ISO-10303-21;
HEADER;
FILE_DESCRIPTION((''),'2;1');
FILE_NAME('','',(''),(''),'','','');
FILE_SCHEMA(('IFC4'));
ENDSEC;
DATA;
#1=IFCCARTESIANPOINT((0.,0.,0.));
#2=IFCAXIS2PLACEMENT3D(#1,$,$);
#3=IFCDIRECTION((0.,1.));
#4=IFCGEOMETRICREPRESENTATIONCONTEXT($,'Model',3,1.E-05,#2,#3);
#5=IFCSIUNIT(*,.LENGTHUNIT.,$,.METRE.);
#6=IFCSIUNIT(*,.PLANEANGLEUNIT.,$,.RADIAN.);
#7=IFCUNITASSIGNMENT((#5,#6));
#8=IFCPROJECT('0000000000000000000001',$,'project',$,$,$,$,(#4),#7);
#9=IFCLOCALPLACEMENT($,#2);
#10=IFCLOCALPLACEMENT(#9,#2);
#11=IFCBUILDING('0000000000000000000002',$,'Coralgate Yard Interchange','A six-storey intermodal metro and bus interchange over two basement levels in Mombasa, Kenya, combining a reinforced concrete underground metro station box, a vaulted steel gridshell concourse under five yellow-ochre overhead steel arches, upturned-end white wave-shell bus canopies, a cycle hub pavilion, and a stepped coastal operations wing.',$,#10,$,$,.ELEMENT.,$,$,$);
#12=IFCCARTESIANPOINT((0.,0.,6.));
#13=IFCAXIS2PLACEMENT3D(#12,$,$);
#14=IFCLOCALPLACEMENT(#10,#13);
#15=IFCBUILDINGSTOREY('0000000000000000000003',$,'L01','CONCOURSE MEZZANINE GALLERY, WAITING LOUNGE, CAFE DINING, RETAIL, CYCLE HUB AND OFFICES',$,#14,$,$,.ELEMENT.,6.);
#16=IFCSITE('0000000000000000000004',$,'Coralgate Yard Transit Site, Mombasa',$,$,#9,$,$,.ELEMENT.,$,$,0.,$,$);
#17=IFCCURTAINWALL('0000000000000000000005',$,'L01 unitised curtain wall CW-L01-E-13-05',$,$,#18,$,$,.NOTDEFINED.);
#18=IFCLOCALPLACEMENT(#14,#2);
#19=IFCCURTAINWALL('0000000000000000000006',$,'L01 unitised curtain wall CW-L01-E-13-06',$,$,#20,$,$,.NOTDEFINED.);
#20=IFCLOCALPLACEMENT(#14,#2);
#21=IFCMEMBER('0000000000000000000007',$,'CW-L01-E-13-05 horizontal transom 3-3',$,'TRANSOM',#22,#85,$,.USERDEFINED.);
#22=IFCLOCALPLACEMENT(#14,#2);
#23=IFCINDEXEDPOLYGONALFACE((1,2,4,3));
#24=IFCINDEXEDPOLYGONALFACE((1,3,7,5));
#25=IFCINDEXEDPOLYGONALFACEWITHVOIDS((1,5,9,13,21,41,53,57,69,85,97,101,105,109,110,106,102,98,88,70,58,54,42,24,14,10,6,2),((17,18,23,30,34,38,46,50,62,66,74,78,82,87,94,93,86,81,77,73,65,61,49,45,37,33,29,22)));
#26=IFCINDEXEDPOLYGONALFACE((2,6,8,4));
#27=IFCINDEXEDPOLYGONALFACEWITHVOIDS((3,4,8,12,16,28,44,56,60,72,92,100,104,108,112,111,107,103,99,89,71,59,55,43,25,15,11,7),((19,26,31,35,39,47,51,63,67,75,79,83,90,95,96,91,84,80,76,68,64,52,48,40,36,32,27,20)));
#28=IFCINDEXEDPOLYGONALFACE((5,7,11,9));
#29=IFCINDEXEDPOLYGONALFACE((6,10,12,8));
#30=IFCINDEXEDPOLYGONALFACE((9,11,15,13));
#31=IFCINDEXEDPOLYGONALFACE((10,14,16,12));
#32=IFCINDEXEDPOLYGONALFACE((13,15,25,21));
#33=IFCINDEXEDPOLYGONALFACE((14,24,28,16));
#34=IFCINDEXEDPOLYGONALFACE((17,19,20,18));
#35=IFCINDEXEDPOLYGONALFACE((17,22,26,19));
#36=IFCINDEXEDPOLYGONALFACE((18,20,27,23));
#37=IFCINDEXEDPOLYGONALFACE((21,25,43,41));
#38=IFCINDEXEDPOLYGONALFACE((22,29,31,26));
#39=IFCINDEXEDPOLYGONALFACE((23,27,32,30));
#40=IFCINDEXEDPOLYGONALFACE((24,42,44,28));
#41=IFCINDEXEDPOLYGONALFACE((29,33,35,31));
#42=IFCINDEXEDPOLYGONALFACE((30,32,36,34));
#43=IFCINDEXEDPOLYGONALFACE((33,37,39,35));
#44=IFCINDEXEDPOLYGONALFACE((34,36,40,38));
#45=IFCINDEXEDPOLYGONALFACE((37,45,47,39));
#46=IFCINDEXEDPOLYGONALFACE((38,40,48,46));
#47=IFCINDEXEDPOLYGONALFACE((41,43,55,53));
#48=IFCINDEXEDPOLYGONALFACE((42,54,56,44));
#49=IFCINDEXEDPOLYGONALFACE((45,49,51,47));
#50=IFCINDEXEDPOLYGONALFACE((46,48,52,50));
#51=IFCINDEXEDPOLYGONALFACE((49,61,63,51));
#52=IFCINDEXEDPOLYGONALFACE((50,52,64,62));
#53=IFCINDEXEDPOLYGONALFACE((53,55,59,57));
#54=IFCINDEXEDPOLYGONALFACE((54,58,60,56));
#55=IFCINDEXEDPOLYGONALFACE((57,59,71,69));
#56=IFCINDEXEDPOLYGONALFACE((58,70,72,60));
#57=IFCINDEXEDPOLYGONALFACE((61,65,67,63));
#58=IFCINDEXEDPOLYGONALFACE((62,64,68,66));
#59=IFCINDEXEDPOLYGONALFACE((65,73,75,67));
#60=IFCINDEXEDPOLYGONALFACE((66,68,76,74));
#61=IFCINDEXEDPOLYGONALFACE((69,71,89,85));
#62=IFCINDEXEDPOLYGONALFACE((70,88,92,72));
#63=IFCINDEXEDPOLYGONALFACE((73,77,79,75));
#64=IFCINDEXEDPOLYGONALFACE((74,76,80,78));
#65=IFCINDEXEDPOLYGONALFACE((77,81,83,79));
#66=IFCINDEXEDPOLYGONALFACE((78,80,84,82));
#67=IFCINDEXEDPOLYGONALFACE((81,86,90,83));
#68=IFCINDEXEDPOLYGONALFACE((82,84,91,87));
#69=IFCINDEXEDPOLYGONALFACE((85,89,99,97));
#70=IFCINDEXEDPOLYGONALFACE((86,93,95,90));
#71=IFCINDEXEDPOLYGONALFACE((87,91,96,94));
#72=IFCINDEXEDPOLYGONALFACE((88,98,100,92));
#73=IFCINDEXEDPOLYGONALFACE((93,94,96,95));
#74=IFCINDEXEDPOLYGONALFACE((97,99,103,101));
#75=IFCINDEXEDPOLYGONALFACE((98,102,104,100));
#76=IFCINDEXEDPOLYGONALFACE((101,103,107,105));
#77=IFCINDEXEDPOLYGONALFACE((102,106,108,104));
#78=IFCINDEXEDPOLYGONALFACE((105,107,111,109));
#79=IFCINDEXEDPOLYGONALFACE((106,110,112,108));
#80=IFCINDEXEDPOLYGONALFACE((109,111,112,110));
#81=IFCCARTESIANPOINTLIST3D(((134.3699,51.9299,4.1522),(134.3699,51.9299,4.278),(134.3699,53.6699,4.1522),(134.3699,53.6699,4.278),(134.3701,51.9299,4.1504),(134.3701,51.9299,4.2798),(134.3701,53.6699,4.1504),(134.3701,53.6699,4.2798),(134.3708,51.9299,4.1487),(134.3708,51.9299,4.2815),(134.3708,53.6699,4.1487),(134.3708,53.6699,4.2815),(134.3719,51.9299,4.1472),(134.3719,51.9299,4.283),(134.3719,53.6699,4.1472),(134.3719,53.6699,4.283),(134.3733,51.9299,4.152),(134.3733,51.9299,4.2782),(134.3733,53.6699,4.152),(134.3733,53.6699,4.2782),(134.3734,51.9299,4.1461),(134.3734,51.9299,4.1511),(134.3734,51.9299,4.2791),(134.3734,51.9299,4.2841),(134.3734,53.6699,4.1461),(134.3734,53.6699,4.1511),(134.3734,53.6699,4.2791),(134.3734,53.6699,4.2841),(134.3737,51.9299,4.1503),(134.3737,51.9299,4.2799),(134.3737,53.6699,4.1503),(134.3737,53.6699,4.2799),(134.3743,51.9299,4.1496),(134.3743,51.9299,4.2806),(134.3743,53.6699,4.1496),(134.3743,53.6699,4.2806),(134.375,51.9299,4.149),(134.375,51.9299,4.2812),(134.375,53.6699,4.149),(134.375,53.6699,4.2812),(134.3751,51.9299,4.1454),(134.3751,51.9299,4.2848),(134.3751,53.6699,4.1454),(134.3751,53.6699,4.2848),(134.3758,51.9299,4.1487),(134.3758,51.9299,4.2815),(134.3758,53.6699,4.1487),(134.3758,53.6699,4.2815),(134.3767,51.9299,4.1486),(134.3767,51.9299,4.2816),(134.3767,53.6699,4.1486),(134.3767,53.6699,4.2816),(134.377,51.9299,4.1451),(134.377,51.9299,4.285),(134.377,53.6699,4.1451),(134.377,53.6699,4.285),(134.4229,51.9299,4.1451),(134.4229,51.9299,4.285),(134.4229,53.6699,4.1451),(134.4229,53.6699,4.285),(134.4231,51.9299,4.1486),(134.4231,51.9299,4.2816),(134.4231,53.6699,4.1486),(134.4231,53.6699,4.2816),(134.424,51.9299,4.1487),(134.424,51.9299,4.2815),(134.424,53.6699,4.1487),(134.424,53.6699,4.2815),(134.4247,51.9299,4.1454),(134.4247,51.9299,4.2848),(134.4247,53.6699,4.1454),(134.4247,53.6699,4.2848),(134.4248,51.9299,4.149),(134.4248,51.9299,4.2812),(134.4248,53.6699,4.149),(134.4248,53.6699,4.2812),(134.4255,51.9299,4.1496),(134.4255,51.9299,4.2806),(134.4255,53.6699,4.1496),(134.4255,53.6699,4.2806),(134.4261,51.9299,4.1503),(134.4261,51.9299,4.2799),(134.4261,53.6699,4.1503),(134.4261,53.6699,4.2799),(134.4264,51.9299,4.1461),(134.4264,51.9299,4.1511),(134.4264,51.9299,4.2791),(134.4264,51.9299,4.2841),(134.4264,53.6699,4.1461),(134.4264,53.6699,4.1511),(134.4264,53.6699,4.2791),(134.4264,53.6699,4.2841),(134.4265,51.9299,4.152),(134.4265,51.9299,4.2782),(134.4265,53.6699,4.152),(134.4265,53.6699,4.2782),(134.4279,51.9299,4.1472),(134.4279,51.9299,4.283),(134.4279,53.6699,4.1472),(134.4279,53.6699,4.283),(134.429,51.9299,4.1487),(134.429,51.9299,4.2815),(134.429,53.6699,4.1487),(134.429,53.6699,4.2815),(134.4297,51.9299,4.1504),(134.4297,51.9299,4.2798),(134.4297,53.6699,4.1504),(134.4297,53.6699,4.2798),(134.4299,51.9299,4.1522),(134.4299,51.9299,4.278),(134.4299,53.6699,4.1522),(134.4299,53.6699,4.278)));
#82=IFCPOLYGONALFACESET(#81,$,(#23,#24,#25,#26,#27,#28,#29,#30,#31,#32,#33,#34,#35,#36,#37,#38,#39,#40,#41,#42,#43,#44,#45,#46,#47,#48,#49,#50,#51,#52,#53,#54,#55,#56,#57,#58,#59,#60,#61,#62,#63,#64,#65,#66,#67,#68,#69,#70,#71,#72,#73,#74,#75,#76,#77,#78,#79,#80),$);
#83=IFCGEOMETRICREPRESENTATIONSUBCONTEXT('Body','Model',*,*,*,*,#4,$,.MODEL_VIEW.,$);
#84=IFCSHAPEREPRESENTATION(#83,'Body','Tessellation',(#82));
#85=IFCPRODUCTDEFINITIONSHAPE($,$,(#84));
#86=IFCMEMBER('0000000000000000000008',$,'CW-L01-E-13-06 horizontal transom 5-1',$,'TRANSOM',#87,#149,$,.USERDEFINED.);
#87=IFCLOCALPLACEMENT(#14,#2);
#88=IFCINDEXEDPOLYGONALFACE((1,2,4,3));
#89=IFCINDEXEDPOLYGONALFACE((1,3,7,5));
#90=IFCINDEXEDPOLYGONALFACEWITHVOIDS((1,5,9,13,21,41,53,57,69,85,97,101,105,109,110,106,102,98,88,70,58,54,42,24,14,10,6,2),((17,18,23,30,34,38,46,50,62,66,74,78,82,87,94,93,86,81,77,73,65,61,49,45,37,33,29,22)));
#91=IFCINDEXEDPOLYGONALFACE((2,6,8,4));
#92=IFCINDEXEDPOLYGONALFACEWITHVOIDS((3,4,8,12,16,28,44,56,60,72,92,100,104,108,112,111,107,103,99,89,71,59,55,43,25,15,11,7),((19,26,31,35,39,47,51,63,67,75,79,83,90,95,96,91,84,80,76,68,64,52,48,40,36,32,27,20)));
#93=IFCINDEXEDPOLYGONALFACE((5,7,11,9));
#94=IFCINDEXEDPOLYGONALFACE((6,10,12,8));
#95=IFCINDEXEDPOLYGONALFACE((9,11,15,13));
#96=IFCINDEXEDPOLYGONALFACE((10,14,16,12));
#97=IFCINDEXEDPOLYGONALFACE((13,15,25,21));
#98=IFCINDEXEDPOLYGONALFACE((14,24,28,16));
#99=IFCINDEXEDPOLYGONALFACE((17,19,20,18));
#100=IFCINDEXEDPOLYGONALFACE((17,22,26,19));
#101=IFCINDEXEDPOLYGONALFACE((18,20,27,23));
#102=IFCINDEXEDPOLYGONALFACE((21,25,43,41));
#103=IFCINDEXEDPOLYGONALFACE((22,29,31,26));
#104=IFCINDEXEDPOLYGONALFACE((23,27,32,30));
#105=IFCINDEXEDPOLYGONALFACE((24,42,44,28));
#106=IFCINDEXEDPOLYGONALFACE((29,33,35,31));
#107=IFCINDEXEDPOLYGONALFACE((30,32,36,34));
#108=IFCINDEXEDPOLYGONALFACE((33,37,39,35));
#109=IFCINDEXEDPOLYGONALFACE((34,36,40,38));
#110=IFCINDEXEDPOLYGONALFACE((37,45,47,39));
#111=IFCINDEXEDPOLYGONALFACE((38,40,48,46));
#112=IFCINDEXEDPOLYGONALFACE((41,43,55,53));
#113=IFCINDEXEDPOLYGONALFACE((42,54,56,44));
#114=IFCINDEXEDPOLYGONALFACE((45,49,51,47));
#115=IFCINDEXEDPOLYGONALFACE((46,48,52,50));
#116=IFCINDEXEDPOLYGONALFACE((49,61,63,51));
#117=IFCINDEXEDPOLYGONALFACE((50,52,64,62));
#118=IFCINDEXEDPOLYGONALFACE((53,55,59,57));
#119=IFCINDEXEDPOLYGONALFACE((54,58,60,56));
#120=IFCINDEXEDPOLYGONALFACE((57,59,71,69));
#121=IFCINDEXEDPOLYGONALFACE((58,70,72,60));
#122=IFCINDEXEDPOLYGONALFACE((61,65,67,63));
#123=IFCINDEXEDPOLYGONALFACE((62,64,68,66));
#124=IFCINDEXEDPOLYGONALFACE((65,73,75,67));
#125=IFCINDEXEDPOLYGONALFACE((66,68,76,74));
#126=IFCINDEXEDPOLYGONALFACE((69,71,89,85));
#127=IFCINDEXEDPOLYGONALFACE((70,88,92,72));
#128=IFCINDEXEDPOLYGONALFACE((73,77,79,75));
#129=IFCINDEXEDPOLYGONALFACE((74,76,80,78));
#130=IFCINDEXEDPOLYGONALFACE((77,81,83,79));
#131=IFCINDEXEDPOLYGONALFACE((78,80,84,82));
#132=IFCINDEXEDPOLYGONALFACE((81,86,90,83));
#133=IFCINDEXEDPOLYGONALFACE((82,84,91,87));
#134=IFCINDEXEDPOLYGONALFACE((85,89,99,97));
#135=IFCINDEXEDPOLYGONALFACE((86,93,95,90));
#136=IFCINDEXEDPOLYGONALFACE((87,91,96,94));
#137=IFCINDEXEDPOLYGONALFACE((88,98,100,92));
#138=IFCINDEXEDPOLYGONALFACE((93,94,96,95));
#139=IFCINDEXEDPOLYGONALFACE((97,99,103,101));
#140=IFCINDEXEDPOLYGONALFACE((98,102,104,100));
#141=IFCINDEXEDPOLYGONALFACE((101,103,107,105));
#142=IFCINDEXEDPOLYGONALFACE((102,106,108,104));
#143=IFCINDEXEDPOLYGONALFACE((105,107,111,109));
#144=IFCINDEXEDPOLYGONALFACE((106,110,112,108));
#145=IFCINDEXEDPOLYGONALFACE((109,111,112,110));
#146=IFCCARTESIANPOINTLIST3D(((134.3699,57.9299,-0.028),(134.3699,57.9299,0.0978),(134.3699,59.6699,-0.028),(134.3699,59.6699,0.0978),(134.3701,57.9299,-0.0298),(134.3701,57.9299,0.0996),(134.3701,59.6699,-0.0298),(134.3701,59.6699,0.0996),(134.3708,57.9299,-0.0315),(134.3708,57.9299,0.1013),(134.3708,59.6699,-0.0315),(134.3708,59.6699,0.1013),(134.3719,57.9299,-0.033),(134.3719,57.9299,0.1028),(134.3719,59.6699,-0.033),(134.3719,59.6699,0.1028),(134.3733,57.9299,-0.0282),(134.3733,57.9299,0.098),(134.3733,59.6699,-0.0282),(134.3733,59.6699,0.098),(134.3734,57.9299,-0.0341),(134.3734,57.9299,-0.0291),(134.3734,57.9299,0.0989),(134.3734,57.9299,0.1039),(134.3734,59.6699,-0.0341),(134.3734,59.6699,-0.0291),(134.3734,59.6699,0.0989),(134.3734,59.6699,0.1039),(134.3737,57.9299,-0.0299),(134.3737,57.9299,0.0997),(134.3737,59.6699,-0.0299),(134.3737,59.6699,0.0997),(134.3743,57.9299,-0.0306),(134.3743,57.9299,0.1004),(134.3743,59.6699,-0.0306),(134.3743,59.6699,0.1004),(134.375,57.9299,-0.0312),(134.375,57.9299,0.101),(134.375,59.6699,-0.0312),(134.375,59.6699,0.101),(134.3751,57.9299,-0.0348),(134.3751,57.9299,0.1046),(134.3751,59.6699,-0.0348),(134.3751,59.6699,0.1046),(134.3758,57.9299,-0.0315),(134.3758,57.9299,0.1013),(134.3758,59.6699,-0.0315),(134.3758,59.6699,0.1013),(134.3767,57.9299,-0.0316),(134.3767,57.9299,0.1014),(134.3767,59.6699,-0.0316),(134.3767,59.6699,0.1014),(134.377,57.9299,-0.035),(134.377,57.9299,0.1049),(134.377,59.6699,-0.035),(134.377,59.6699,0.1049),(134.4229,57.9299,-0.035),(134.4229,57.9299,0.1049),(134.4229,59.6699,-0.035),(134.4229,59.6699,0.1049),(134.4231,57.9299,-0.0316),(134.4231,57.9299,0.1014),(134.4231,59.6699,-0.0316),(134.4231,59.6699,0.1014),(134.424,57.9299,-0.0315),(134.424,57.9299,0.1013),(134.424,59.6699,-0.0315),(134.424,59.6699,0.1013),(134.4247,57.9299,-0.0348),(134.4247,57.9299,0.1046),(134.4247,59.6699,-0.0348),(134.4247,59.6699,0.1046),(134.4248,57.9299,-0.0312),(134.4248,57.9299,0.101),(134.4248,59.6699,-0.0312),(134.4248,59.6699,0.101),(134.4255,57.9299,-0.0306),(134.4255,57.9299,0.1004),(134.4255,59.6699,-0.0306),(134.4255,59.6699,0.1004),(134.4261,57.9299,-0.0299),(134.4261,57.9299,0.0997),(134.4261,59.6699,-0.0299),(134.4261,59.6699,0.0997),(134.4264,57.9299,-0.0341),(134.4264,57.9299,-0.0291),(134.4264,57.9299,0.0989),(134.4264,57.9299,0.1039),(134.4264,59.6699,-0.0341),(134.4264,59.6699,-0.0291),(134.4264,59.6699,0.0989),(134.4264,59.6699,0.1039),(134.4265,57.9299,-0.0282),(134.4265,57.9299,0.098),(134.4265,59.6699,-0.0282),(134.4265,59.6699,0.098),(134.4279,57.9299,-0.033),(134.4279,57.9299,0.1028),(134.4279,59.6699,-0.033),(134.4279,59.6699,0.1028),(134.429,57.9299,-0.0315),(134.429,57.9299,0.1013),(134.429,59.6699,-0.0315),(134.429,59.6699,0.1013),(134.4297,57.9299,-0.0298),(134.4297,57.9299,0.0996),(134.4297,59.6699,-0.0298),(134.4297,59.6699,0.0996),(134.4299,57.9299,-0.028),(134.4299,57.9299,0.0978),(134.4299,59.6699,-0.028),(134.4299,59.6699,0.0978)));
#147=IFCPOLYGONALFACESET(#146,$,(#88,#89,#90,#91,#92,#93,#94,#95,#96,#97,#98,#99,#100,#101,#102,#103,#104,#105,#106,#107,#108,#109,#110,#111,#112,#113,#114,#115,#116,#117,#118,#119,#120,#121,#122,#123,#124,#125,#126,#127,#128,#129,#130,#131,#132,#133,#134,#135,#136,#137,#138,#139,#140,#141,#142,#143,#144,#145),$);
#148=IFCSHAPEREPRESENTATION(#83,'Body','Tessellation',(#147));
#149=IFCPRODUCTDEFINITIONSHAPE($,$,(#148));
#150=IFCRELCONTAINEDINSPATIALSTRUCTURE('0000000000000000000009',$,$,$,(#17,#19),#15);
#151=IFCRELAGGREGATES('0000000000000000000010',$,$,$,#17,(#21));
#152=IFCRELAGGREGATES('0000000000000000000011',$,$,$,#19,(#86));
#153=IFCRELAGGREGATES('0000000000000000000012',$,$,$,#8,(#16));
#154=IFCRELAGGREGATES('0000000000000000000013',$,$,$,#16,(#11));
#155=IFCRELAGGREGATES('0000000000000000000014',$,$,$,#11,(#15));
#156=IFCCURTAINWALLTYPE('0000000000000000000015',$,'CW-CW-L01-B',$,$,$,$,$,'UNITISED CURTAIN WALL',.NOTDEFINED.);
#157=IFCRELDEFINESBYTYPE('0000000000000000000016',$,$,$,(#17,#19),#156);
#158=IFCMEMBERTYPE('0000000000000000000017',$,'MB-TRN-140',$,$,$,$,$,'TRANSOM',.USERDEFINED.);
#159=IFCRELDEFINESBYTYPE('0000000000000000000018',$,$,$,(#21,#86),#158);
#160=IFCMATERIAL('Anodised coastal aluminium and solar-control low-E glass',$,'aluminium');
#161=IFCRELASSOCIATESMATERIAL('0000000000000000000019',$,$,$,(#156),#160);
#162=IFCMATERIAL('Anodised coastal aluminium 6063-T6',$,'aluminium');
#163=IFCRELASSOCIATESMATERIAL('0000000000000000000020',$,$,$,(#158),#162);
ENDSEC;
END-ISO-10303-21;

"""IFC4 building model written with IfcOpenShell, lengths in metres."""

from ifc_helpers import new_model, si_unit, direction, frame, origin, origin_2d, place, context, subcontext, project, spatial, hollow_rectangle, extrude, material, material_profile, profile_set, type_object, element, aggregate, save


model = new_model("IFC4")

# Units and contexts
model_context = context("Model", 3, precision=1e-05, world=origin(), true_north=direction((0.0, 1.0)))
body_context = subcontext(model_context, "Body", "Model", "MODEL_VIEW")
ifc_project = project(units=[si_unit("LENGTHUNIT", "METRE"), si_unit("PLANEANGLEUNIT", "RADIAN")], contexts=[model_context])

# Site, building, storey
site_placement = place(None, origin())
site = spatial("IfcSite", under=ifc_project, at=site_placement, Name="Coralgate Yard Transit Site, Mombasa", CompositionType="ELEMENT", RefElevation=0.0)
building_placement = place(site_placement, origin())
building = spatial("IfcBuilding", under=site, at=building_placement, Name="Coralgate Yard Interchange", Description="A six-storey intermodal metro and bus interchange over two basement levels in Mombasa, Kenya, combining a reinforced concrete underground metro station box, a vaulted steel gridshell concourse under five yellow-ochre overhead steel arches, upturned-end white wave-shell bus canopies, a cycle hub pavilion, and a stepped coastal operations wing.", CompositionType="ELEMENT")
storey_placement = place(building_placement, frame((0.0, 0.0, 6.0)))
storey = spatial("IfcBuildingStorey", under=building, at=storey_placement, Name="L01", Description="CONCOURSE MEZZANINE GALLERY, WAITING LOUNGE, CAFE DINING, RETAIL, CYCLE HUB AND OFFICES", CompositionType="ELEMENT", Elevation=6.0)

# Curtain walls
ifc_material_1 = material(Name="Anodised coastal aluminium and solar-control low-E glass", Category="aluminium")
curtain_wall_type = type_object("IfcCurtainWallType", Name="CW-CW-L01-B", ElementType="UNITISED CURTAIN WALL", PredefinedType="NOTDEFINED", material=ifc_material_1)
curtain_wall_1_placement = place(storey_placement, origin())
curtain_wall_1 = element("IfcCurtainWall", 1, at=curtain_wall_1_placement, inside=storey, type_object=curtain_wall_type, Name="L01 unitised curtain wall CW-L01-E-13-05", PredefinedType="NOTDEFINED")
ifc_material_2 = material(Name="Anodised coastal aluminium 6063-T6", Category="aluminium")
curtain_wall_2_placement = place(storey_placement, origin())
curtain_wall_2 = element("IfcCurtainWall", 2, at=curtain_wall_2_placement, inside=storey, type_object=curtain_wall_type, Name="L01 unitised curtain wall CW-L01-E-13-06", PredefinedType="NOTDEFINED")

# Members
ifc_material_profile_1 = material_profile(ifc_material_2, hollow_rectangle(XDim=0.0601, YDim=0.1399, WallThickness=0.0034, InnerFilletRadius=0.0034, OuterFilletRadius=0.0071, at=origin_2d()), Name="ALU 60x140x3.5")
ifc_profile_set_1 = profile_set([ifc_material_profile_1], Name="Anodised coastal aluminium 6063-T6")
member_type_1 = type_object("IfcMemberType", Name="MB-TRN-140", ElementType="TRANSOM", PredefinedType="USERDEFINED", material=ifc_profile_set_1)
member_1_placement = place(storey_placement, frame((134.3999, 53.6699, 4.2151), z_axis=(0.0, -1.0, 0.0), x_axis=(1.0, 0.0, 0.0)))
member_1 = element("IfcMember", 3, at=member_1_placement, type_object=member_type_1, Name="CW-L01-E-13-05 horizontal transom 3-3", ObjectType="TRANSOM", PredefinedType="USERDEFINED", context=body_context, shape_type="SweptSolid", body=[
    extrude(hollow_rectangle(XDim=0.0601, YDim=0.1399, WallThickness=0.0034, InnerFilletRadius=0.0034, OuterFilletRadius=0.0071, at=origin_2d()), origin(), (0.0, 0.0, 1.0), 1.74),
])
member_2_placement = place(storey_placement, frame((134.3999, 59.6699, 0.0349), z_axis=(0.0, -1.0, 0.0), x_axis=(1.0, 0.0, 0.0)))
member_2 = element("IfcMember", 4, at=member_2_placement, type_object=member_type_1, Name="CW-L01-E-13-06 horizontal transom 5-1", ObjectType="TRANSOM", PredefinedType="USERDEFINED", context=body_context, shape_type="SweptSolid", body=[
    extrude(hollow_rectangle(XDim=0.0601, YDim=0.1399, WallThickness=0.0034, InnerFilletRadius=0.0034, OuterFilletRadius=0.0071, at=origin_2d()), origin(), (0.0, 0.0, 1.0), 1.74),
])

aggregate(curtain_wall_1, [member_1])
aggregate(curtain_wall_2, [member_2])

save(model, "model.ifc")
